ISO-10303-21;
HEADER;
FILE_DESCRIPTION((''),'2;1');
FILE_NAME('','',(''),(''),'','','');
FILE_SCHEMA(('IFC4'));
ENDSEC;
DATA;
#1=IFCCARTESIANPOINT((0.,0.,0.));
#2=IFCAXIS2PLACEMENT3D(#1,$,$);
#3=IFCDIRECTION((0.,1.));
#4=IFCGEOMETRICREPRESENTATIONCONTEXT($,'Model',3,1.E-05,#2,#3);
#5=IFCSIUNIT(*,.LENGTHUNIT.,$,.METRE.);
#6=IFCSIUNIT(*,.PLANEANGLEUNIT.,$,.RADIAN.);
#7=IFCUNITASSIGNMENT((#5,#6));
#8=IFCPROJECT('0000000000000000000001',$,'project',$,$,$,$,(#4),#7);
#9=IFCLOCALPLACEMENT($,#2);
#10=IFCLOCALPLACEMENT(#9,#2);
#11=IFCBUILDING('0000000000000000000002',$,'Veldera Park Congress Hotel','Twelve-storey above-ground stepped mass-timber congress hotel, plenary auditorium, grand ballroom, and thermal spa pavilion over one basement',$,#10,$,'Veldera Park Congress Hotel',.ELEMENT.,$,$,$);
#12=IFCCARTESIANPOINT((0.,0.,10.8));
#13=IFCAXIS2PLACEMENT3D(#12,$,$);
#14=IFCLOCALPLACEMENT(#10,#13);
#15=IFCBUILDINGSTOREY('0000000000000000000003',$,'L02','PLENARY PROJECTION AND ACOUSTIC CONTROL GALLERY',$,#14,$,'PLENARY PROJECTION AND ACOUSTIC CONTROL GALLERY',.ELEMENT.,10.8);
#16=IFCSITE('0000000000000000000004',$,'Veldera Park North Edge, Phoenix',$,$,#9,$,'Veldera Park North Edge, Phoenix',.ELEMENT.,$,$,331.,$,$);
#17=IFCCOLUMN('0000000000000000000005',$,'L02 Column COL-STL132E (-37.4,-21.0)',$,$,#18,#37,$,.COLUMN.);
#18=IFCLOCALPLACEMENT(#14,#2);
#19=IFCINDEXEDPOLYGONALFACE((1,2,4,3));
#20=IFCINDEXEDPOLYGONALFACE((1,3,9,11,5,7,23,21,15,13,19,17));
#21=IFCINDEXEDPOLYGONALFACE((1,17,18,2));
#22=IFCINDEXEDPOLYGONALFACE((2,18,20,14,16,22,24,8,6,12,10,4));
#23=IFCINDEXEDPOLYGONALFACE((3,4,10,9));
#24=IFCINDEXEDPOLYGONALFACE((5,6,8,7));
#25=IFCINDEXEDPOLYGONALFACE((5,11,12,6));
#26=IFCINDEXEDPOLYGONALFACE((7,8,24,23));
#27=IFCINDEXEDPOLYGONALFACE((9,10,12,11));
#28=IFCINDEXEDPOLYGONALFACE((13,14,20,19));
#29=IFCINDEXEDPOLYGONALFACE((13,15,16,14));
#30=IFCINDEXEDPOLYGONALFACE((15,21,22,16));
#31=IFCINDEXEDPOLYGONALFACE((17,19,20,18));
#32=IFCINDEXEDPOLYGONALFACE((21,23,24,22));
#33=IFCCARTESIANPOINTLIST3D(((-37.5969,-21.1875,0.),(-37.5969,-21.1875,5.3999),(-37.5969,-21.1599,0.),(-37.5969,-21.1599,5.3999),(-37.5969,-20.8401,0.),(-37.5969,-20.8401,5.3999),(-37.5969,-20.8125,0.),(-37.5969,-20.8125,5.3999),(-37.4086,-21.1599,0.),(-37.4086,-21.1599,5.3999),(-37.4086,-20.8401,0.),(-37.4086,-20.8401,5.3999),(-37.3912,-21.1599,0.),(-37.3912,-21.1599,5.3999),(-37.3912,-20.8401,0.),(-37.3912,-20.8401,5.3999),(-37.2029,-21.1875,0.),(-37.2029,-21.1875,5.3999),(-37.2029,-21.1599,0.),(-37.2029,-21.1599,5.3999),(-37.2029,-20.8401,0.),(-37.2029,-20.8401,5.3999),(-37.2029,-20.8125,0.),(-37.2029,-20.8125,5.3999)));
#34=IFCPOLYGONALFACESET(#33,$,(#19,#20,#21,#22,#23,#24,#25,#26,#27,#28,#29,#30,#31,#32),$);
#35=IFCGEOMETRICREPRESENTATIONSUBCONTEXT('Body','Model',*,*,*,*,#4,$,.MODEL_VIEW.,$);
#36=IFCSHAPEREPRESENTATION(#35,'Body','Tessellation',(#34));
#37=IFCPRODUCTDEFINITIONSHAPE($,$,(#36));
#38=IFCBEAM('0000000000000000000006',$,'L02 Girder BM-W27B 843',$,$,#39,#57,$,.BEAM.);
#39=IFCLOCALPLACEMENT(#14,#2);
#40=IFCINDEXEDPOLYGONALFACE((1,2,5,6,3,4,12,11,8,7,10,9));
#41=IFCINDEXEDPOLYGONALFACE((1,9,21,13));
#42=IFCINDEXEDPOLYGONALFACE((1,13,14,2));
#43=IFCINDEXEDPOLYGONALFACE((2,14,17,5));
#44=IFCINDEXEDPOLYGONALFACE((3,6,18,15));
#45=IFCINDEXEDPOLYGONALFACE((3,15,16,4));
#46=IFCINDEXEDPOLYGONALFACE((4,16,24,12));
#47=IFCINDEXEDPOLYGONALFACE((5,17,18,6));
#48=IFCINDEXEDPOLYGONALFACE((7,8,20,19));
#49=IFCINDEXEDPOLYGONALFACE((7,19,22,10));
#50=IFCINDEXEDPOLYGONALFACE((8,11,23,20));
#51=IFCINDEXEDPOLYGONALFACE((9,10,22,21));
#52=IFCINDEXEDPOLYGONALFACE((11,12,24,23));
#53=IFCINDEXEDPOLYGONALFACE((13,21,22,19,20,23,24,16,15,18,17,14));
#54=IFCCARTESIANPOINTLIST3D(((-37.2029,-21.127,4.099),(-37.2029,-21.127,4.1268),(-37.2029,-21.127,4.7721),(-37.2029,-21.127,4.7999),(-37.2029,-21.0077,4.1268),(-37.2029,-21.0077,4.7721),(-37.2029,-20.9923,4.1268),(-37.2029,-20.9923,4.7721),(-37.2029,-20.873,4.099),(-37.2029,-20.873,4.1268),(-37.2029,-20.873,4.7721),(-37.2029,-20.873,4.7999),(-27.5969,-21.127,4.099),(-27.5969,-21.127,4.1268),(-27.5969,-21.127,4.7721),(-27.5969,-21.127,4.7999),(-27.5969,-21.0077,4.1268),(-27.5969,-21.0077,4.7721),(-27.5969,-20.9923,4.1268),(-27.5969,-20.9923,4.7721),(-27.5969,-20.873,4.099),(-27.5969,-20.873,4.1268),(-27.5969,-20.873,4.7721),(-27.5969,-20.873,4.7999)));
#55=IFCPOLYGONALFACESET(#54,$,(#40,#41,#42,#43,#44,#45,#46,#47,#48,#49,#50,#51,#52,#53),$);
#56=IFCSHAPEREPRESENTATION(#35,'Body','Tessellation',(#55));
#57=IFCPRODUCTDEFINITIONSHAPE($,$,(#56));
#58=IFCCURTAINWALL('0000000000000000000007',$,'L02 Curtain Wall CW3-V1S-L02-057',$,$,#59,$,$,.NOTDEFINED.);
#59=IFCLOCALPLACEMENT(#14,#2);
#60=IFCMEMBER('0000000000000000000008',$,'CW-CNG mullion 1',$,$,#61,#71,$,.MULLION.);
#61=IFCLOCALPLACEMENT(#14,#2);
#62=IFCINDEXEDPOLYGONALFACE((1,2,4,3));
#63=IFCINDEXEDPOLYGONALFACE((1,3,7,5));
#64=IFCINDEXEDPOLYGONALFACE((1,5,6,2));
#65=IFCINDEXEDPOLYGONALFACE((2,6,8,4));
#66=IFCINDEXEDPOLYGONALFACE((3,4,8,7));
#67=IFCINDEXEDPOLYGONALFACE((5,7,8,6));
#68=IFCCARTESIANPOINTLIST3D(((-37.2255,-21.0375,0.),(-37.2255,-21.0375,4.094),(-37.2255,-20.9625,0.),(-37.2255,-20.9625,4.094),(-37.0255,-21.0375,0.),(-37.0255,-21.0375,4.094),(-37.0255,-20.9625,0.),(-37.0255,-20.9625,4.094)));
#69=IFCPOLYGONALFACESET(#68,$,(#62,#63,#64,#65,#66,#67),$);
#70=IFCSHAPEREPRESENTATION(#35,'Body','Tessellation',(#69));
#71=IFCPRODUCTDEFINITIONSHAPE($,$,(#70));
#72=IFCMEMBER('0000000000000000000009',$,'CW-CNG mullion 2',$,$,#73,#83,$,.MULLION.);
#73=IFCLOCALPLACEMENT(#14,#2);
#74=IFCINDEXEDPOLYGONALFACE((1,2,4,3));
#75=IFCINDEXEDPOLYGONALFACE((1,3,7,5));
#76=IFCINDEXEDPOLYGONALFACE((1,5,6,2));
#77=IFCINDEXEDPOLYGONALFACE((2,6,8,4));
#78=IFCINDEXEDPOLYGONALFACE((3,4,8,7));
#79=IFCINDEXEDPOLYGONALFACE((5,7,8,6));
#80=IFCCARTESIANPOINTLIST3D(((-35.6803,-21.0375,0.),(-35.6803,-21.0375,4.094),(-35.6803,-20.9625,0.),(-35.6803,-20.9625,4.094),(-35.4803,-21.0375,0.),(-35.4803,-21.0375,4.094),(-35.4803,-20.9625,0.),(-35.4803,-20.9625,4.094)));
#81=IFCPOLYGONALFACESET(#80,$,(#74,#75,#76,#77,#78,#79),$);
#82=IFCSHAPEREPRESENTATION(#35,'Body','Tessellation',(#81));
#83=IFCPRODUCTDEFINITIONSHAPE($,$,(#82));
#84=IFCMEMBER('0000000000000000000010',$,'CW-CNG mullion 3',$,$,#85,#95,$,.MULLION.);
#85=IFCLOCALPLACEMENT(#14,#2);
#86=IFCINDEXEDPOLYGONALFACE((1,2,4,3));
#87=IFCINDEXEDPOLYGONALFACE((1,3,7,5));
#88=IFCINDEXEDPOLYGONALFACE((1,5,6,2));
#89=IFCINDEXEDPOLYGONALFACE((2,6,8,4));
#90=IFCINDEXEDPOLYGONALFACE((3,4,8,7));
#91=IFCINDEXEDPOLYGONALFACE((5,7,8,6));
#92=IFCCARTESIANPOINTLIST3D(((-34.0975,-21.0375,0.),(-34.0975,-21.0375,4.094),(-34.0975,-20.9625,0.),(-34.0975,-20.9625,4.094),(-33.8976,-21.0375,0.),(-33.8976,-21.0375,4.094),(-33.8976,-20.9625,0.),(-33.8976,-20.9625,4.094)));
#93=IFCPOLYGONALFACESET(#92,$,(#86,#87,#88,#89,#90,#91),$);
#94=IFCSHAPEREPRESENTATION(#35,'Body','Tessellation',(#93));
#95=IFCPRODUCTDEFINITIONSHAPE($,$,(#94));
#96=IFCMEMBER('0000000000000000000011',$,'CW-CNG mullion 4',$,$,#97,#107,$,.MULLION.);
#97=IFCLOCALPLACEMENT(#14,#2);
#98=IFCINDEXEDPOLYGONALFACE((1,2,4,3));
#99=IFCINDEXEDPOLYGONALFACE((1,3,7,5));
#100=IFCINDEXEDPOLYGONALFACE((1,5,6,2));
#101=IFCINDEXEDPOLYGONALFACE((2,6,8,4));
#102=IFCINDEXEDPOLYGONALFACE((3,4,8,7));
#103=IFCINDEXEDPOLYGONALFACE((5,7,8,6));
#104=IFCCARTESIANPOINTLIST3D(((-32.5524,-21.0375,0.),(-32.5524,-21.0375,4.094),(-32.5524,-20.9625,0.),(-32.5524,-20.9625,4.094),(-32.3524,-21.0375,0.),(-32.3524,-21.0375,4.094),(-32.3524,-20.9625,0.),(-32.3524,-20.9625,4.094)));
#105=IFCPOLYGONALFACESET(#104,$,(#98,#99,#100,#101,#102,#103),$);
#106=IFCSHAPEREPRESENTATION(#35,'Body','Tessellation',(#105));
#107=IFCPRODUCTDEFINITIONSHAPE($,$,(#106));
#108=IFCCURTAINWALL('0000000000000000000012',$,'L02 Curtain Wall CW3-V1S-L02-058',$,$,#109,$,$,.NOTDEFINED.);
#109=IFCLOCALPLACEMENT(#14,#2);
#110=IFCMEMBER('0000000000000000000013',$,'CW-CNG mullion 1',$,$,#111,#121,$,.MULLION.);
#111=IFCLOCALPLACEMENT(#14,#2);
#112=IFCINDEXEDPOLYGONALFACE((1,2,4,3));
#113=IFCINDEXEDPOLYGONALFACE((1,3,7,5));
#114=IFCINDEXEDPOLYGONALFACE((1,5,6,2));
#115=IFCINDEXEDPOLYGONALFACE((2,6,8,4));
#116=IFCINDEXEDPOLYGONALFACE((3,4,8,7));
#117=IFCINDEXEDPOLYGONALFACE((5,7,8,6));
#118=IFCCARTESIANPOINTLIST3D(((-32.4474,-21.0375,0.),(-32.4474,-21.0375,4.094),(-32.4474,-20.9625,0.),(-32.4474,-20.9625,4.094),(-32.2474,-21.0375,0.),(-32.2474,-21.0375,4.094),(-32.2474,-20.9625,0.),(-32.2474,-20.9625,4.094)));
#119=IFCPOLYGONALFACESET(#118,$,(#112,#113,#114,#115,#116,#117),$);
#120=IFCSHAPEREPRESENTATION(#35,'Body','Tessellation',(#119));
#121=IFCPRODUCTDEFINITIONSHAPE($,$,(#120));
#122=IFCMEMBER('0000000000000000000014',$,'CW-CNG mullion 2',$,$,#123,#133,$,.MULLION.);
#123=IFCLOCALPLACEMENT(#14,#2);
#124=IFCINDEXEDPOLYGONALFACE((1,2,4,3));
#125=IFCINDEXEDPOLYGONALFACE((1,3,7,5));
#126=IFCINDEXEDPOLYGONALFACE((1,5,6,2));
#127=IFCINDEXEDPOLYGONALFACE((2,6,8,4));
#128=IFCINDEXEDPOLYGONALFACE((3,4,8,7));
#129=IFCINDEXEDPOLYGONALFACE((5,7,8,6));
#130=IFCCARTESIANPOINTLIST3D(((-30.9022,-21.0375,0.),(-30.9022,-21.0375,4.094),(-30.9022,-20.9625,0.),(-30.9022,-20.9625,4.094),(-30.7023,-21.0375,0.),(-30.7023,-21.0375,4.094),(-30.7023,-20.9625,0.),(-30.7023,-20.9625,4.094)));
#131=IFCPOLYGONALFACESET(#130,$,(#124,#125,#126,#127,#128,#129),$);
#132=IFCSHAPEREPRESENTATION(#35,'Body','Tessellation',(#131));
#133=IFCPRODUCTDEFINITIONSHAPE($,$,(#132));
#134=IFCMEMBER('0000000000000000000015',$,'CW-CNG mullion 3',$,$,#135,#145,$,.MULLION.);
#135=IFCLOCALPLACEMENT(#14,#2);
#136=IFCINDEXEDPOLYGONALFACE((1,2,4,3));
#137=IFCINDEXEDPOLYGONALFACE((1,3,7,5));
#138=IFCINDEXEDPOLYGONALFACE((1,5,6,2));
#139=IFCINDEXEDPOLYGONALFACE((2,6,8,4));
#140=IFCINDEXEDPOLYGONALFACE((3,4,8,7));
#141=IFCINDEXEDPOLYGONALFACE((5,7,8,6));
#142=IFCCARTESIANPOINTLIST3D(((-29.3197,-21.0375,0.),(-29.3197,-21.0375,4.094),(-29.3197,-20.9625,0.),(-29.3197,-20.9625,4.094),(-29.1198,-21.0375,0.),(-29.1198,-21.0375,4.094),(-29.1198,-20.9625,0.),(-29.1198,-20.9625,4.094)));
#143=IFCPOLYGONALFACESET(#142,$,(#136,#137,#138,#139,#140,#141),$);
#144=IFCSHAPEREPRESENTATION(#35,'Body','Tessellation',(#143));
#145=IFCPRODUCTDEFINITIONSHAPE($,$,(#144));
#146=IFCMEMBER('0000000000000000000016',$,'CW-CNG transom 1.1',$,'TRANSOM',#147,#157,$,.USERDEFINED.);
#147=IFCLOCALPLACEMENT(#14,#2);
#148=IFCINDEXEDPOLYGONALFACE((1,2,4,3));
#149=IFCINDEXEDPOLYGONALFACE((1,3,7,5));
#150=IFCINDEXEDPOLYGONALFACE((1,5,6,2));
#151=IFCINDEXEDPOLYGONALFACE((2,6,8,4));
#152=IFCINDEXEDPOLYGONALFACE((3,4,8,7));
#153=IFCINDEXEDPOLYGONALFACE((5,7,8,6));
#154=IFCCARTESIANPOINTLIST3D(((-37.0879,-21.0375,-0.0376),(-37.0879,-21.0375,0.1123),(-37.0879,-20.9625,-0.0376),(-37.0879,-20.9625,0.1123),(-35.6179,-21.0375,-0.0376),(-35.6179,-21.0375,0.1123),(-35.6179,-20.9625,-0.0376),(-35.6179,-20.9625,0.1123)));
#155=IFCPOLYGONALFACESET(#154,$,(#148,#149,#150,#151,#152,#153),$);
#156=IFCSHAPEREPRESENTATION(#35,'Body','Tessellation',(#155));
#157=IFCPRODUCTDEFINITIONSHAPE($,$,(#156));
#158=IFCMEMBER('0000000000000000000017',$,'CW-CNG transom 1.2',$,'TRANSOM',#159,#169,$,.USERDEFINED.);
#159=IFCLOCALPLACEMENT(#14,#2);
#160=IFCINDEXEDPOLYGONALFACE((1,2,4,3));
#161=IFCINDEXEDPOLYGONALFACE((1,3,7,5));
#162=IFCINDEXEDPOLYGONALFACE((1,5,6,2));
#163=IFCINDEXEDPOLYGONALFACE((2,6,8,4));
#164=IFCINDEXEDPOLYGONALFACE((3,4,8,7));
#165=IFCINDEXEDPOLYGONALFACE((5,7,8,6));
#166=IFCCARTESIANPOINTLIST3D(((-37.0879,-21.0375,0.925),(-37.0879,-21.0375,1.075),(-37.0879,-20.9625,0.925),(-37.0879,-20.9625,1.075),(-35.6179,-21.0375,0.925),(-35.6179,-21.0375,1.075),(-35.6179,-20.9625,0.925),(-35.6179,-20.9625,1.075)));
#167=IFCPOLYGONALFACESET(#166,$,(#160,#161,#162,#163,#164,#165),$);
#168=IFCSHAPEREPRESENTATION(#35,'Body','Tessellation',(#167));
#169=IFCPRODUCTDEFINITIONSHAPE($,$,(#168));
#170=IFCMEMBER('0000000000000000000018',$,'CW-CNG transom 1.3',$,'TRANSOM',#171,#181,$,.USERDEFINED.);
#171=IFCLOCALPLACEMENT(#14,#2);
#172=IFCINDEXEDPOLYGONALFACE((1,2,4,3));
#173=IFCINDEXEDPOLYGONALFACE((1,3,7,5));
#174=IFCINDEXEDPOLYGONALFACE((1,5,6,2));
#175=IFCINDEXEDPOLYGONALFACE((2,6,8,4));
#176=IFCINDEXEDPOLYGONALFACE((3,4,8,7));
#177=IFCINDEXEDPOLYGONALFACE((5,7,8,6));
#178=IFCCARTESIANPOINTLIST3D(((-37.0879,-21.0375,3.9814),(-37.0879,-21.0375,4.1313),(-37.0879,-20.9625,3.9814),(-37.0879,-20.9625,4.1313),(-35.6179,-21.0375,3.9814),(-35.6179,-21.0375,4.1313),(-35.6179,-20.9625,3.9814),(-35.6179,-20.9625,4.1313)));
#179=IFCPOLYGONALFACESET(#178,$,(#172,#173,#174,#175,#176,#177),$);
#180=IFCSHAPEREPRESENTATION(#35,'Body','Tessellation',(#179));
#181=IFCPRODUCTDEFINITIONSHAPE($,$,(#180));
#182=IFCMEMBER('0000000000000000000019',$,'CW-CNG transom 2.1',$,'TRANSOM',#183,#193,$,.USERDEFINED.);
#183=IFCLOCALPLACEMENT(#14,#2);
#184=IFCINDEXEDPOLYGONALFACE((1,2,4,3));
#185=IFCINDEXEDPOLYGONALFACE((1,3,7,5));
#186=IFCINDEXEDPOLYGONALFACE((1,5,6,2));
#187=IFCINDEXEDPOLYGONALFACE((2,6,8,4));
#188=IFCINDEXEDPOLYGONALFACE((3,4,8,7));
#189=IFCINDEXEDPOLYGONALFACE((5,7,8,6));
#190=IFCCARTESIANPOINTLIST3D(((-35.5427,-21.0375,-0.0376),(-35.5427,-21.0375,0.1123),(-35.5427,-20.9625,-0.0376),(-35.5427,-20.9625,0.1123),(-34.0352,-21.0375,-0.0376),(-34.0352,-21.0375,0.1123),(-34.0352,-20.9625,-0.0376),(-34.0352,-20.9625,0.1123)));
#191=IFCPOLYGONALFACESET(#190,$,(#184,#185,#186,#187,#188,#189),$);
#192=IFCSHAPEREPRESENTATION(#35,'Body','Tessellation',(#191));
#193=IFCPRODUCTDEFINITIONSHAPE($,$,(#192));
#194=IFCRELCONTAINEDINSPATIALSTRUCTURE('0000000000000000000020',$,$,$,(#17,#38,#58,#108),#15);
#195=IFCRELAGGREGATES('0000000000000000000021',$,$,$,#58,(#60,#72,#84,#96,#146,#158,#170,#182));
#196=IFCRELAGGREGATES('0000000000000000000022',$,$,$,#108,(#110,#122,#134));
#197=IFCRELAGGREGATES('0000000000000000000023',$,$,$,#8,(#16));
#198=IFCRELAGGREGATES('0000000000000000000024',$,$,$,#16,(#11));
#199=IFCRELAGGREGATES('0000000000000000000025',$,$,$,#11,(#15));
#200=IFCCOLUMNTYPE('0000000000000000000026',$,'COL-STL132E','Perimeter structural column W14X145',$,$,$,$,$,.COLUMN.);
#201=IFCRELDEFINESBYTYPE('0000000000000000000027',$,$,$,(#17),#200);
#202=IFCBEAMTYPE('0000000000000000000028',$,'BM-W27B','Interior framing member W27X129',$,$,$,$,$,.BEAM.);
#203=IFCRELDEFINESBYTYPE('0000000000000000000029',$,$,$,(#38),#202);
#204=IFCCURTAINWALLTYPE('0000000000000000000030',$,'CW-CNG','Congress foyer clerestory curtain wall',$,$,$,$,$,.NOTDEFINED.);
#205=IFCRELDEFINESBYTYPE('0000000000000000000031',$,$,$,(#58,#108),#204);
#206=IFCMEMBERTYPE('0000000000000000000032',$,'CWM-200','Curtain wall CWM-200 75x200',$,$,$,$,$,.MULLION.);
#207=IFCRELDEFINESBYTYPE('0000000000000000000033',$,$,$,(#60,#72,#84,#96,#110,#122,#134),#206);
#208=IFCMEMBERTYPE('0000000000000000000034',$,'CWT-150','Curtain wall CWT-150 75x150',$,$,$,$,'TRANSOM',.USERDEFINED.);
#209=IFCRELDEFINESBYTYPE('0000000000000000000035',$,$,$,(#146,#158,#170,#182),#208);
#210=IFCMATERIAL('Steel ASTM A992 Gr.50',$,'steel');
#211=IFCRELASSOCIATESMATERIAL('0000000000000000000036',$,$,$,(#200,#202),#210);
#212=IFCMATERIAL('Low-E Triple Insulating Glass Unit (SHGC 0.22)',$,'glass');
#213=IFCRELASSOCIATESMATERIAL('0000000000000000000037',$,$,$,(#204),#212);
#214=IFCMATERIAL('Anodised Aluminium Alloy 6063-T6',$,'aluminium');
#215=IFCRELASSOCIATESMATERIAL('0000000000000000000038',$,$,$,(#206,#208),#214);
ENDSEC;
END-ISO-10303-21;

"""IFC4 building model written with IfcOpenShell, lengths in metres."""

from ifc_helpers import new_model, si_unit, direction, frame, origin, origin_2d, place, context, subcontext, project, spatial, rectangle, i_section, extrude, material, material_profile, profile_set, type_object, element, aggregate, save


model = new_model("IFC4")

# Units and contexts
model_context = context("Model", 3, precision=1e-05, world=origin(), true_north=direction((0.0, 1.0)))
body_context = subcontext(model_context, "Body", "Model", "MODEL_VIEW")
ifc_project = project(units=[si_unit("LENGTHUNIT", "METRE"), si_unit("PLANEANGLEUNIT", "RADIAN")], contexts=[model_context])

# Site, building, storey
site_placement = place(None, origin())
site = spatial("IfcSite", under=ifc_project, at=site_placement, Name="Veldera Park North Edge, Phoenix", LongName="Veldera Park North Edge, Phoenix", CompositionType="ELEMENT", RefElevation=331.0)
building_placement = place(site_placement, origin())
building = spatial("IfcBuilding", under=site, at=building_placement, Name="Veldera Park Congress Hotel", Description="Twelve-storey above-ground stepped mass-timber congress hotel, plenary auditorium, grand ballroom, and thermal spa pavilion over one basement", LongName="Veldera Park Congress Hotel", CompositionType="ELEMENT")
storey_placement = place(building_placement, frame((0.0, 0.0, 10.8)))
storey = spatial("IfcBuildingStorey", under=building, at=storey_placement, Name="L02", Description="PLENARY PROJECTION AND ACOUSTIC CONTROL GALLERY", LongName="PLENARY PROJECTION AND ACOUSTIC CONTROL GALLERY", CompositionType="ELEMENT", Elevation=10.8)

# Column
ifc_material_1 = material(Name="Steel ASTM A992 Gr.50", Category="steel")
ifc_material_profile_1 = material_profile(ifc_material_1, i_section(OverallWidth=0.394, OverallDepth=0.375, WebThickness=0.0173, FlangeThickness=0.0276, at=origin_2d()), Name="W14X145")
ifc_profile_set_1 = profile_set([ifc_material_profile_1], Name="Steel ASTM A992 Gr.50")
column_type = type_object("IfcColumnType", Name="COL-STL132E", Description="Perimeter structural column W14X145", PredefinedType="COLUMN", material=ifc_profile_set_1)
column_placement = place(storey_placement, frame((-37.3999, -21.0, 0.0), z_axis=(0.0, 0.0, 1.0), x_axis=(1.0, 0.0, 0.0)))
element("IfcColumn", 1, at=column_placement, inside=storey, type_object=column_type, Name="L02 Column COL-STL132E (-37.4,-21.0)", PredefinedType="COLUMN", context=body_context, shape_type="SweptSolid", body=[
    extrude(i_section(OverallWidth=0.394, OverallDepth=0.375, WebThickness=0.0173, FlangeThickness=0.0276, at=origin_2d()), origin(), (0.0, 0.0, 1.0), 5.3999),
])

# Beam
ifc_material_profile_2 = material_profile(ifc_material_1, i_section(OverallWidth=0.2539, OverallDepth=0.7009, WebThickness=0.0154, FlangeThickness=0.0278, at=origin_2d()), Name="W27X129")
ifc_profile_set_2 = profile_set([ifc_material_profile_2], Name="Steel ASTM A992 Gr.50")
beam_type = type_object("IfcBeamType", Name="BM-W27B", Description="Interior framing member W27X129", PredefinedType="BEAM", material=ifc_profile_set_2)
beam_placement = place(storey_placement, frame((-37.2029, -21.0, 4.4495), z_axis=(1.0, 0.0, 0.0), x_axis=(0.0, 1.0, 0.0)))
element("IfcBeam", 2, at=beam_placement, inside=storey, type_object=beam_type, Name="L02 Girder BM-W27B 843", PredefinedType="BEAM", context=body_context, shape_type="SweptSolid", body=[
    extrude(i_section(OverallWidth=0.2539, OverallDepth=0.7009, WebThickness=0.0154, FlangeThickness=0.0278, at=origin_2d()), origin(), (0.0, 0.0, 1.0), 9.606),
])

# Curtain walls, members
ifc_material_2 = material(Name="Low-E Triple Insulating Glass Unit (SHGC 0.22)", Category="glass")
curtain_wall_type = type_object("IfcCurtainWallType", Name="CW-CNG", Description="Congress foyer clerestory curtain wall", PredefinedType="NOTDEFINED", material=ifc_material_2)
curtain_wall_1_placement = place(storey_placement, origin())
curtain_wall_1 = element("IfcCurtainWall", 3, at=curtain_wall_1_placement, inside=storey, type_object=curtain_wall_type, Name="L02 Curtain Wall CW3-V1S-L02-057", PredefinedType="NOTDEFINED")
ifc_material_3 = material(Name="Anodised Aluminium Alloy 6063-T6", Category="aluminium")
ifc_material_profile_3 = material_profile(ifc_material_3, rectangle(XDim=0.075, YDim=0.2, at=origin_2d()), Name="ALU 75x200")
ifc_profile_set_3 = profile_set([ifc_material_profile_3], Name="Anodised Aluminium Alloy 6063-T6")
member_type_1 = type_object("IfcMemberType", Name="CWM-200", Description="Curtain wall CWM-200 75x200", PredefinedType="MULLION", material=ifc_profile_set_3)
member_1_placement = place(storey_placement, frame((-37.1255, -21.0, 0.0), z_axis=(0.0, 0.0, 1.0), x_axis=(0.0, 1.0, 0.0)))
member_1 = element("IfcMember", 4, at=member_1_placement, type_object=member_type_1, Name="CW-CNG mullion 1", PredefinedType="MULLION", context=body_context, shape_type="SweptSolid", body=[
    extrude(rectangle(XDim=0.075, YDim=0.2, at=origin_2d()), origin(), (0.0, 0.0, 1.0), 4.094),
])
member_2_placement = place(storey_placement, frame((-35.5803, -21.0, 0.0), z_axis=(0.0, 0.0, 1.0), x_axis=(0.0, 1.0, 0.0)))
member_2 = element("IfcMember", 5, at=member_2_placement, type_object=member_type_1, Name="CW-CNG mullion 2", PredefinedType="MULLION", context=body_context, shape_type="SweptSolid", body=[
    extrude(rectangle(XDim=0.075, YDim=0.2, at=origin_2d()), origin(), (0.0, 0.0, 1.0), 4.094),
])
member_3_placement = place(storey_placement, frame((-33.9976, -21.0, 0.0), z_axis=(0.0, 0.0, 1.0), x_axis=(0.0, 1.0, 0.0)))
member_3 = element("IfcMember", 6, at=member_3_placement, type_object=member_type_1, Name="CW-CNG mullion 3", PredefinedType="MULLION", context=body_context, shape_type="SweptSolid", body=[
    extrude(rectangle(XDim=0.075, YDim=0.2, at=origin_2d()), origin(), (0.0, 0.0, 1.0), 4.094),
])
member_4_placement = place(storey_placement, frame((-32.4524, -21.0, 0.0), z_axis=(0.0, 0.0, 1.0), x_axis=(0.0, 1.0, 0.0)))
member_4 = element("IfcMember", 7, at=member_4_placement, type_object=member_type_1, Name="CW-CNG mullion 4", PredefinedType="MULLION", context=body_context, shape_type="SweptSolid", body=[
    extrude(rectangle(XDim=0.075, YDim=0.2, at=origin_2d()), origin(), (0.0, 0.0, 1.0), 4.094),
])
curtain_wall_2_placement = place(storey_placement, origin())
curtain_wall_2 = element("IfcCurtainWall", 8, at=curtain_wall_2_placement, inside=storey, type_object=curtain_wall_type, Name="L02 Curtain Wall CW3-V1S-L02-058", PredefinedType="NOTDEFINED")
member_5_placement = place(storey_placement, frame((-32.3474, -21.0, 0.0), z_axis=(0.0, 0.0, 1.0), x_axis=(0.0, 1.0, 0.0)))
member_5 = element("IfcMember", 9, at=member_5_placement, type_object=member_type_1, Name="CW-CNG mullion 1", PredefinedType="MULLION", context=body_context, shape_type="SweptSolid", body=[
    extrude(rectangle(XDim=0.075, YDim=0.2, at=origin_2d()), origin(), (0.0, 0.0, 1.0), 4.094),
])
member_6_placement = place(storey_placement, frame((-30.8022, -21.0, 0.0), z_axis=(0.0, 0.0, 1.0), x_axis=(0.0, 1.0, 0.0)))
member_6 = element("IfcMember", 10, at=member_6_placement, type_object=member_type_1, Name="CW-CNG mullion 2", PredefinedType="MULLION", context=body_context, shape_type="SweptSolid", body=[
    extrude(rectangle(XDim=0.075, YDim=0.2, at=origin_2d()), origin(), (0.0, 0.0, 1.0), 4.094),
])
member_7_placement = place(storey_placement, frame((-29.2197, -21.0, 0.0), z_axis=(0.0, 0.0, 1.0), x_axis=(0.0, 1.0, 0.0)))
member_7 = element("IfcMember", 11, at=member_7_placement, type_object=member_type_1, Name="CW-CNG mullion 3", PredefinedType="MULLION", context=body_context, shape_type="SweptSolid", body=[
    extrude(rectangle(XDim=0.075, YDim=0.2, at=origin_2d()), origin(), (0.0, 0.0, 1.0), 4.094),
])

# Members
ifc_material_profile_4 = material_profile(ifc_material_3, rectangle(XDim=0.075, YDim=0.1499, at=origin_2d()), Name="ALU 75x150")
ifc_profile_set_4 = profile_set([ifc_material_profile_4], Name="Anodised Aluminium Alloy 6063-T6")
member_type_2 = type_object("IfcMemberType", Name="CWT-150", Description="Curtain wall CWT-150 75x150", ElementType="TRANSOM", PredefinedType="USERDEFINED", material=ifc_profile_set_4)
member_8_placement = place(storey_placement, frame((-37.0879, -21.0, 0.0374), z_axis=(1.0, 0.0, 0.0), x_axis=(0.0, 1.0, 0.0)))
member_8 = element("IfcMember", 12, at=member_8_placement, type_object=member_type_2, Name="CW-CNG transom 1.1", ObjectType="TRANSOM", PredefinedType="USERDEFINED", context=body_context, shape_type="SweptSolid", body=[
    extrude(rectangle(XDim=0.075, YDim=0.1499, at=origin_2d()), origin(), (0.0, 0.0, 1.0), 1.47),
])
member_9_placement = place(storey_placement, frame((-37.0879, -21.0, 1.0), z_axis=(1.0, 0.0, 0.0), x_axis=(0.0, 1.0, 0.0)))
member_9 = element("IfcMember", 13, at=member_9_placement, type_object=member_type_2, Name="CW-CNG transom 1.2", ObjectType="TRANSOM", PredefinedType="USERDEFINED", context=body_context, shape_type="SweptSolid", body=[
    extrude(rectangle(XDim=0.075, YDim=0.1499, at=origin_2d()), origin(), (0.0, 0.0, 1.0), 1.47),
])
member_10_placement = place(storey_placement, frame((-37.0879, -21.0, 4.0564), z_axis=(1.0, 0.0, 0.0), x_axis=(0.0, 1.0, 0.0)))
member_10 = element("IfcMember", 14, at=member_10_placement, type_object=member_type_2, Name="CW-CNG transom 1.3", ObjectType="TRANSOM", PredefinedType="USERDEFINED", context=body_context, shape_type="SweptSolid", body=[
    extrude(rectangle(XDim=0.075, YDim=0.1499, at=origin_2d()), origin(), (0.0, 0.0, 1.0), 1.47),
])
member_11_placement = place(storey_placement, frame((-35.5427, -21.0, 0.0374), z_axis=(1.0, 0.0, 0.0), x_axis=(0.0, 1.0, 0.0)))
member_11 = element("IfcMember", 15, at=member_11_placement, type_object=member_type_2, Name="CW-CNG transom 2.1", ObjectType="TRANSOM", PredefinedType="USERDEFINED", context=body_context, shape_type="SweptSolid", body=[
    extrude(rectangle(XDim=0.075, YDim=0.1499, at=origin_2d()), origin(), (0.0, 0.0, 1.0), 1.5076),
])

aggregate(curtain_wall_1, [member_1, member_2, member_3, member_4, member_8, member_9, member_10, member_11])
aggregate(curtain_wall_2, [member_5, member_6, member_7])

save(model, "model.ifc")
